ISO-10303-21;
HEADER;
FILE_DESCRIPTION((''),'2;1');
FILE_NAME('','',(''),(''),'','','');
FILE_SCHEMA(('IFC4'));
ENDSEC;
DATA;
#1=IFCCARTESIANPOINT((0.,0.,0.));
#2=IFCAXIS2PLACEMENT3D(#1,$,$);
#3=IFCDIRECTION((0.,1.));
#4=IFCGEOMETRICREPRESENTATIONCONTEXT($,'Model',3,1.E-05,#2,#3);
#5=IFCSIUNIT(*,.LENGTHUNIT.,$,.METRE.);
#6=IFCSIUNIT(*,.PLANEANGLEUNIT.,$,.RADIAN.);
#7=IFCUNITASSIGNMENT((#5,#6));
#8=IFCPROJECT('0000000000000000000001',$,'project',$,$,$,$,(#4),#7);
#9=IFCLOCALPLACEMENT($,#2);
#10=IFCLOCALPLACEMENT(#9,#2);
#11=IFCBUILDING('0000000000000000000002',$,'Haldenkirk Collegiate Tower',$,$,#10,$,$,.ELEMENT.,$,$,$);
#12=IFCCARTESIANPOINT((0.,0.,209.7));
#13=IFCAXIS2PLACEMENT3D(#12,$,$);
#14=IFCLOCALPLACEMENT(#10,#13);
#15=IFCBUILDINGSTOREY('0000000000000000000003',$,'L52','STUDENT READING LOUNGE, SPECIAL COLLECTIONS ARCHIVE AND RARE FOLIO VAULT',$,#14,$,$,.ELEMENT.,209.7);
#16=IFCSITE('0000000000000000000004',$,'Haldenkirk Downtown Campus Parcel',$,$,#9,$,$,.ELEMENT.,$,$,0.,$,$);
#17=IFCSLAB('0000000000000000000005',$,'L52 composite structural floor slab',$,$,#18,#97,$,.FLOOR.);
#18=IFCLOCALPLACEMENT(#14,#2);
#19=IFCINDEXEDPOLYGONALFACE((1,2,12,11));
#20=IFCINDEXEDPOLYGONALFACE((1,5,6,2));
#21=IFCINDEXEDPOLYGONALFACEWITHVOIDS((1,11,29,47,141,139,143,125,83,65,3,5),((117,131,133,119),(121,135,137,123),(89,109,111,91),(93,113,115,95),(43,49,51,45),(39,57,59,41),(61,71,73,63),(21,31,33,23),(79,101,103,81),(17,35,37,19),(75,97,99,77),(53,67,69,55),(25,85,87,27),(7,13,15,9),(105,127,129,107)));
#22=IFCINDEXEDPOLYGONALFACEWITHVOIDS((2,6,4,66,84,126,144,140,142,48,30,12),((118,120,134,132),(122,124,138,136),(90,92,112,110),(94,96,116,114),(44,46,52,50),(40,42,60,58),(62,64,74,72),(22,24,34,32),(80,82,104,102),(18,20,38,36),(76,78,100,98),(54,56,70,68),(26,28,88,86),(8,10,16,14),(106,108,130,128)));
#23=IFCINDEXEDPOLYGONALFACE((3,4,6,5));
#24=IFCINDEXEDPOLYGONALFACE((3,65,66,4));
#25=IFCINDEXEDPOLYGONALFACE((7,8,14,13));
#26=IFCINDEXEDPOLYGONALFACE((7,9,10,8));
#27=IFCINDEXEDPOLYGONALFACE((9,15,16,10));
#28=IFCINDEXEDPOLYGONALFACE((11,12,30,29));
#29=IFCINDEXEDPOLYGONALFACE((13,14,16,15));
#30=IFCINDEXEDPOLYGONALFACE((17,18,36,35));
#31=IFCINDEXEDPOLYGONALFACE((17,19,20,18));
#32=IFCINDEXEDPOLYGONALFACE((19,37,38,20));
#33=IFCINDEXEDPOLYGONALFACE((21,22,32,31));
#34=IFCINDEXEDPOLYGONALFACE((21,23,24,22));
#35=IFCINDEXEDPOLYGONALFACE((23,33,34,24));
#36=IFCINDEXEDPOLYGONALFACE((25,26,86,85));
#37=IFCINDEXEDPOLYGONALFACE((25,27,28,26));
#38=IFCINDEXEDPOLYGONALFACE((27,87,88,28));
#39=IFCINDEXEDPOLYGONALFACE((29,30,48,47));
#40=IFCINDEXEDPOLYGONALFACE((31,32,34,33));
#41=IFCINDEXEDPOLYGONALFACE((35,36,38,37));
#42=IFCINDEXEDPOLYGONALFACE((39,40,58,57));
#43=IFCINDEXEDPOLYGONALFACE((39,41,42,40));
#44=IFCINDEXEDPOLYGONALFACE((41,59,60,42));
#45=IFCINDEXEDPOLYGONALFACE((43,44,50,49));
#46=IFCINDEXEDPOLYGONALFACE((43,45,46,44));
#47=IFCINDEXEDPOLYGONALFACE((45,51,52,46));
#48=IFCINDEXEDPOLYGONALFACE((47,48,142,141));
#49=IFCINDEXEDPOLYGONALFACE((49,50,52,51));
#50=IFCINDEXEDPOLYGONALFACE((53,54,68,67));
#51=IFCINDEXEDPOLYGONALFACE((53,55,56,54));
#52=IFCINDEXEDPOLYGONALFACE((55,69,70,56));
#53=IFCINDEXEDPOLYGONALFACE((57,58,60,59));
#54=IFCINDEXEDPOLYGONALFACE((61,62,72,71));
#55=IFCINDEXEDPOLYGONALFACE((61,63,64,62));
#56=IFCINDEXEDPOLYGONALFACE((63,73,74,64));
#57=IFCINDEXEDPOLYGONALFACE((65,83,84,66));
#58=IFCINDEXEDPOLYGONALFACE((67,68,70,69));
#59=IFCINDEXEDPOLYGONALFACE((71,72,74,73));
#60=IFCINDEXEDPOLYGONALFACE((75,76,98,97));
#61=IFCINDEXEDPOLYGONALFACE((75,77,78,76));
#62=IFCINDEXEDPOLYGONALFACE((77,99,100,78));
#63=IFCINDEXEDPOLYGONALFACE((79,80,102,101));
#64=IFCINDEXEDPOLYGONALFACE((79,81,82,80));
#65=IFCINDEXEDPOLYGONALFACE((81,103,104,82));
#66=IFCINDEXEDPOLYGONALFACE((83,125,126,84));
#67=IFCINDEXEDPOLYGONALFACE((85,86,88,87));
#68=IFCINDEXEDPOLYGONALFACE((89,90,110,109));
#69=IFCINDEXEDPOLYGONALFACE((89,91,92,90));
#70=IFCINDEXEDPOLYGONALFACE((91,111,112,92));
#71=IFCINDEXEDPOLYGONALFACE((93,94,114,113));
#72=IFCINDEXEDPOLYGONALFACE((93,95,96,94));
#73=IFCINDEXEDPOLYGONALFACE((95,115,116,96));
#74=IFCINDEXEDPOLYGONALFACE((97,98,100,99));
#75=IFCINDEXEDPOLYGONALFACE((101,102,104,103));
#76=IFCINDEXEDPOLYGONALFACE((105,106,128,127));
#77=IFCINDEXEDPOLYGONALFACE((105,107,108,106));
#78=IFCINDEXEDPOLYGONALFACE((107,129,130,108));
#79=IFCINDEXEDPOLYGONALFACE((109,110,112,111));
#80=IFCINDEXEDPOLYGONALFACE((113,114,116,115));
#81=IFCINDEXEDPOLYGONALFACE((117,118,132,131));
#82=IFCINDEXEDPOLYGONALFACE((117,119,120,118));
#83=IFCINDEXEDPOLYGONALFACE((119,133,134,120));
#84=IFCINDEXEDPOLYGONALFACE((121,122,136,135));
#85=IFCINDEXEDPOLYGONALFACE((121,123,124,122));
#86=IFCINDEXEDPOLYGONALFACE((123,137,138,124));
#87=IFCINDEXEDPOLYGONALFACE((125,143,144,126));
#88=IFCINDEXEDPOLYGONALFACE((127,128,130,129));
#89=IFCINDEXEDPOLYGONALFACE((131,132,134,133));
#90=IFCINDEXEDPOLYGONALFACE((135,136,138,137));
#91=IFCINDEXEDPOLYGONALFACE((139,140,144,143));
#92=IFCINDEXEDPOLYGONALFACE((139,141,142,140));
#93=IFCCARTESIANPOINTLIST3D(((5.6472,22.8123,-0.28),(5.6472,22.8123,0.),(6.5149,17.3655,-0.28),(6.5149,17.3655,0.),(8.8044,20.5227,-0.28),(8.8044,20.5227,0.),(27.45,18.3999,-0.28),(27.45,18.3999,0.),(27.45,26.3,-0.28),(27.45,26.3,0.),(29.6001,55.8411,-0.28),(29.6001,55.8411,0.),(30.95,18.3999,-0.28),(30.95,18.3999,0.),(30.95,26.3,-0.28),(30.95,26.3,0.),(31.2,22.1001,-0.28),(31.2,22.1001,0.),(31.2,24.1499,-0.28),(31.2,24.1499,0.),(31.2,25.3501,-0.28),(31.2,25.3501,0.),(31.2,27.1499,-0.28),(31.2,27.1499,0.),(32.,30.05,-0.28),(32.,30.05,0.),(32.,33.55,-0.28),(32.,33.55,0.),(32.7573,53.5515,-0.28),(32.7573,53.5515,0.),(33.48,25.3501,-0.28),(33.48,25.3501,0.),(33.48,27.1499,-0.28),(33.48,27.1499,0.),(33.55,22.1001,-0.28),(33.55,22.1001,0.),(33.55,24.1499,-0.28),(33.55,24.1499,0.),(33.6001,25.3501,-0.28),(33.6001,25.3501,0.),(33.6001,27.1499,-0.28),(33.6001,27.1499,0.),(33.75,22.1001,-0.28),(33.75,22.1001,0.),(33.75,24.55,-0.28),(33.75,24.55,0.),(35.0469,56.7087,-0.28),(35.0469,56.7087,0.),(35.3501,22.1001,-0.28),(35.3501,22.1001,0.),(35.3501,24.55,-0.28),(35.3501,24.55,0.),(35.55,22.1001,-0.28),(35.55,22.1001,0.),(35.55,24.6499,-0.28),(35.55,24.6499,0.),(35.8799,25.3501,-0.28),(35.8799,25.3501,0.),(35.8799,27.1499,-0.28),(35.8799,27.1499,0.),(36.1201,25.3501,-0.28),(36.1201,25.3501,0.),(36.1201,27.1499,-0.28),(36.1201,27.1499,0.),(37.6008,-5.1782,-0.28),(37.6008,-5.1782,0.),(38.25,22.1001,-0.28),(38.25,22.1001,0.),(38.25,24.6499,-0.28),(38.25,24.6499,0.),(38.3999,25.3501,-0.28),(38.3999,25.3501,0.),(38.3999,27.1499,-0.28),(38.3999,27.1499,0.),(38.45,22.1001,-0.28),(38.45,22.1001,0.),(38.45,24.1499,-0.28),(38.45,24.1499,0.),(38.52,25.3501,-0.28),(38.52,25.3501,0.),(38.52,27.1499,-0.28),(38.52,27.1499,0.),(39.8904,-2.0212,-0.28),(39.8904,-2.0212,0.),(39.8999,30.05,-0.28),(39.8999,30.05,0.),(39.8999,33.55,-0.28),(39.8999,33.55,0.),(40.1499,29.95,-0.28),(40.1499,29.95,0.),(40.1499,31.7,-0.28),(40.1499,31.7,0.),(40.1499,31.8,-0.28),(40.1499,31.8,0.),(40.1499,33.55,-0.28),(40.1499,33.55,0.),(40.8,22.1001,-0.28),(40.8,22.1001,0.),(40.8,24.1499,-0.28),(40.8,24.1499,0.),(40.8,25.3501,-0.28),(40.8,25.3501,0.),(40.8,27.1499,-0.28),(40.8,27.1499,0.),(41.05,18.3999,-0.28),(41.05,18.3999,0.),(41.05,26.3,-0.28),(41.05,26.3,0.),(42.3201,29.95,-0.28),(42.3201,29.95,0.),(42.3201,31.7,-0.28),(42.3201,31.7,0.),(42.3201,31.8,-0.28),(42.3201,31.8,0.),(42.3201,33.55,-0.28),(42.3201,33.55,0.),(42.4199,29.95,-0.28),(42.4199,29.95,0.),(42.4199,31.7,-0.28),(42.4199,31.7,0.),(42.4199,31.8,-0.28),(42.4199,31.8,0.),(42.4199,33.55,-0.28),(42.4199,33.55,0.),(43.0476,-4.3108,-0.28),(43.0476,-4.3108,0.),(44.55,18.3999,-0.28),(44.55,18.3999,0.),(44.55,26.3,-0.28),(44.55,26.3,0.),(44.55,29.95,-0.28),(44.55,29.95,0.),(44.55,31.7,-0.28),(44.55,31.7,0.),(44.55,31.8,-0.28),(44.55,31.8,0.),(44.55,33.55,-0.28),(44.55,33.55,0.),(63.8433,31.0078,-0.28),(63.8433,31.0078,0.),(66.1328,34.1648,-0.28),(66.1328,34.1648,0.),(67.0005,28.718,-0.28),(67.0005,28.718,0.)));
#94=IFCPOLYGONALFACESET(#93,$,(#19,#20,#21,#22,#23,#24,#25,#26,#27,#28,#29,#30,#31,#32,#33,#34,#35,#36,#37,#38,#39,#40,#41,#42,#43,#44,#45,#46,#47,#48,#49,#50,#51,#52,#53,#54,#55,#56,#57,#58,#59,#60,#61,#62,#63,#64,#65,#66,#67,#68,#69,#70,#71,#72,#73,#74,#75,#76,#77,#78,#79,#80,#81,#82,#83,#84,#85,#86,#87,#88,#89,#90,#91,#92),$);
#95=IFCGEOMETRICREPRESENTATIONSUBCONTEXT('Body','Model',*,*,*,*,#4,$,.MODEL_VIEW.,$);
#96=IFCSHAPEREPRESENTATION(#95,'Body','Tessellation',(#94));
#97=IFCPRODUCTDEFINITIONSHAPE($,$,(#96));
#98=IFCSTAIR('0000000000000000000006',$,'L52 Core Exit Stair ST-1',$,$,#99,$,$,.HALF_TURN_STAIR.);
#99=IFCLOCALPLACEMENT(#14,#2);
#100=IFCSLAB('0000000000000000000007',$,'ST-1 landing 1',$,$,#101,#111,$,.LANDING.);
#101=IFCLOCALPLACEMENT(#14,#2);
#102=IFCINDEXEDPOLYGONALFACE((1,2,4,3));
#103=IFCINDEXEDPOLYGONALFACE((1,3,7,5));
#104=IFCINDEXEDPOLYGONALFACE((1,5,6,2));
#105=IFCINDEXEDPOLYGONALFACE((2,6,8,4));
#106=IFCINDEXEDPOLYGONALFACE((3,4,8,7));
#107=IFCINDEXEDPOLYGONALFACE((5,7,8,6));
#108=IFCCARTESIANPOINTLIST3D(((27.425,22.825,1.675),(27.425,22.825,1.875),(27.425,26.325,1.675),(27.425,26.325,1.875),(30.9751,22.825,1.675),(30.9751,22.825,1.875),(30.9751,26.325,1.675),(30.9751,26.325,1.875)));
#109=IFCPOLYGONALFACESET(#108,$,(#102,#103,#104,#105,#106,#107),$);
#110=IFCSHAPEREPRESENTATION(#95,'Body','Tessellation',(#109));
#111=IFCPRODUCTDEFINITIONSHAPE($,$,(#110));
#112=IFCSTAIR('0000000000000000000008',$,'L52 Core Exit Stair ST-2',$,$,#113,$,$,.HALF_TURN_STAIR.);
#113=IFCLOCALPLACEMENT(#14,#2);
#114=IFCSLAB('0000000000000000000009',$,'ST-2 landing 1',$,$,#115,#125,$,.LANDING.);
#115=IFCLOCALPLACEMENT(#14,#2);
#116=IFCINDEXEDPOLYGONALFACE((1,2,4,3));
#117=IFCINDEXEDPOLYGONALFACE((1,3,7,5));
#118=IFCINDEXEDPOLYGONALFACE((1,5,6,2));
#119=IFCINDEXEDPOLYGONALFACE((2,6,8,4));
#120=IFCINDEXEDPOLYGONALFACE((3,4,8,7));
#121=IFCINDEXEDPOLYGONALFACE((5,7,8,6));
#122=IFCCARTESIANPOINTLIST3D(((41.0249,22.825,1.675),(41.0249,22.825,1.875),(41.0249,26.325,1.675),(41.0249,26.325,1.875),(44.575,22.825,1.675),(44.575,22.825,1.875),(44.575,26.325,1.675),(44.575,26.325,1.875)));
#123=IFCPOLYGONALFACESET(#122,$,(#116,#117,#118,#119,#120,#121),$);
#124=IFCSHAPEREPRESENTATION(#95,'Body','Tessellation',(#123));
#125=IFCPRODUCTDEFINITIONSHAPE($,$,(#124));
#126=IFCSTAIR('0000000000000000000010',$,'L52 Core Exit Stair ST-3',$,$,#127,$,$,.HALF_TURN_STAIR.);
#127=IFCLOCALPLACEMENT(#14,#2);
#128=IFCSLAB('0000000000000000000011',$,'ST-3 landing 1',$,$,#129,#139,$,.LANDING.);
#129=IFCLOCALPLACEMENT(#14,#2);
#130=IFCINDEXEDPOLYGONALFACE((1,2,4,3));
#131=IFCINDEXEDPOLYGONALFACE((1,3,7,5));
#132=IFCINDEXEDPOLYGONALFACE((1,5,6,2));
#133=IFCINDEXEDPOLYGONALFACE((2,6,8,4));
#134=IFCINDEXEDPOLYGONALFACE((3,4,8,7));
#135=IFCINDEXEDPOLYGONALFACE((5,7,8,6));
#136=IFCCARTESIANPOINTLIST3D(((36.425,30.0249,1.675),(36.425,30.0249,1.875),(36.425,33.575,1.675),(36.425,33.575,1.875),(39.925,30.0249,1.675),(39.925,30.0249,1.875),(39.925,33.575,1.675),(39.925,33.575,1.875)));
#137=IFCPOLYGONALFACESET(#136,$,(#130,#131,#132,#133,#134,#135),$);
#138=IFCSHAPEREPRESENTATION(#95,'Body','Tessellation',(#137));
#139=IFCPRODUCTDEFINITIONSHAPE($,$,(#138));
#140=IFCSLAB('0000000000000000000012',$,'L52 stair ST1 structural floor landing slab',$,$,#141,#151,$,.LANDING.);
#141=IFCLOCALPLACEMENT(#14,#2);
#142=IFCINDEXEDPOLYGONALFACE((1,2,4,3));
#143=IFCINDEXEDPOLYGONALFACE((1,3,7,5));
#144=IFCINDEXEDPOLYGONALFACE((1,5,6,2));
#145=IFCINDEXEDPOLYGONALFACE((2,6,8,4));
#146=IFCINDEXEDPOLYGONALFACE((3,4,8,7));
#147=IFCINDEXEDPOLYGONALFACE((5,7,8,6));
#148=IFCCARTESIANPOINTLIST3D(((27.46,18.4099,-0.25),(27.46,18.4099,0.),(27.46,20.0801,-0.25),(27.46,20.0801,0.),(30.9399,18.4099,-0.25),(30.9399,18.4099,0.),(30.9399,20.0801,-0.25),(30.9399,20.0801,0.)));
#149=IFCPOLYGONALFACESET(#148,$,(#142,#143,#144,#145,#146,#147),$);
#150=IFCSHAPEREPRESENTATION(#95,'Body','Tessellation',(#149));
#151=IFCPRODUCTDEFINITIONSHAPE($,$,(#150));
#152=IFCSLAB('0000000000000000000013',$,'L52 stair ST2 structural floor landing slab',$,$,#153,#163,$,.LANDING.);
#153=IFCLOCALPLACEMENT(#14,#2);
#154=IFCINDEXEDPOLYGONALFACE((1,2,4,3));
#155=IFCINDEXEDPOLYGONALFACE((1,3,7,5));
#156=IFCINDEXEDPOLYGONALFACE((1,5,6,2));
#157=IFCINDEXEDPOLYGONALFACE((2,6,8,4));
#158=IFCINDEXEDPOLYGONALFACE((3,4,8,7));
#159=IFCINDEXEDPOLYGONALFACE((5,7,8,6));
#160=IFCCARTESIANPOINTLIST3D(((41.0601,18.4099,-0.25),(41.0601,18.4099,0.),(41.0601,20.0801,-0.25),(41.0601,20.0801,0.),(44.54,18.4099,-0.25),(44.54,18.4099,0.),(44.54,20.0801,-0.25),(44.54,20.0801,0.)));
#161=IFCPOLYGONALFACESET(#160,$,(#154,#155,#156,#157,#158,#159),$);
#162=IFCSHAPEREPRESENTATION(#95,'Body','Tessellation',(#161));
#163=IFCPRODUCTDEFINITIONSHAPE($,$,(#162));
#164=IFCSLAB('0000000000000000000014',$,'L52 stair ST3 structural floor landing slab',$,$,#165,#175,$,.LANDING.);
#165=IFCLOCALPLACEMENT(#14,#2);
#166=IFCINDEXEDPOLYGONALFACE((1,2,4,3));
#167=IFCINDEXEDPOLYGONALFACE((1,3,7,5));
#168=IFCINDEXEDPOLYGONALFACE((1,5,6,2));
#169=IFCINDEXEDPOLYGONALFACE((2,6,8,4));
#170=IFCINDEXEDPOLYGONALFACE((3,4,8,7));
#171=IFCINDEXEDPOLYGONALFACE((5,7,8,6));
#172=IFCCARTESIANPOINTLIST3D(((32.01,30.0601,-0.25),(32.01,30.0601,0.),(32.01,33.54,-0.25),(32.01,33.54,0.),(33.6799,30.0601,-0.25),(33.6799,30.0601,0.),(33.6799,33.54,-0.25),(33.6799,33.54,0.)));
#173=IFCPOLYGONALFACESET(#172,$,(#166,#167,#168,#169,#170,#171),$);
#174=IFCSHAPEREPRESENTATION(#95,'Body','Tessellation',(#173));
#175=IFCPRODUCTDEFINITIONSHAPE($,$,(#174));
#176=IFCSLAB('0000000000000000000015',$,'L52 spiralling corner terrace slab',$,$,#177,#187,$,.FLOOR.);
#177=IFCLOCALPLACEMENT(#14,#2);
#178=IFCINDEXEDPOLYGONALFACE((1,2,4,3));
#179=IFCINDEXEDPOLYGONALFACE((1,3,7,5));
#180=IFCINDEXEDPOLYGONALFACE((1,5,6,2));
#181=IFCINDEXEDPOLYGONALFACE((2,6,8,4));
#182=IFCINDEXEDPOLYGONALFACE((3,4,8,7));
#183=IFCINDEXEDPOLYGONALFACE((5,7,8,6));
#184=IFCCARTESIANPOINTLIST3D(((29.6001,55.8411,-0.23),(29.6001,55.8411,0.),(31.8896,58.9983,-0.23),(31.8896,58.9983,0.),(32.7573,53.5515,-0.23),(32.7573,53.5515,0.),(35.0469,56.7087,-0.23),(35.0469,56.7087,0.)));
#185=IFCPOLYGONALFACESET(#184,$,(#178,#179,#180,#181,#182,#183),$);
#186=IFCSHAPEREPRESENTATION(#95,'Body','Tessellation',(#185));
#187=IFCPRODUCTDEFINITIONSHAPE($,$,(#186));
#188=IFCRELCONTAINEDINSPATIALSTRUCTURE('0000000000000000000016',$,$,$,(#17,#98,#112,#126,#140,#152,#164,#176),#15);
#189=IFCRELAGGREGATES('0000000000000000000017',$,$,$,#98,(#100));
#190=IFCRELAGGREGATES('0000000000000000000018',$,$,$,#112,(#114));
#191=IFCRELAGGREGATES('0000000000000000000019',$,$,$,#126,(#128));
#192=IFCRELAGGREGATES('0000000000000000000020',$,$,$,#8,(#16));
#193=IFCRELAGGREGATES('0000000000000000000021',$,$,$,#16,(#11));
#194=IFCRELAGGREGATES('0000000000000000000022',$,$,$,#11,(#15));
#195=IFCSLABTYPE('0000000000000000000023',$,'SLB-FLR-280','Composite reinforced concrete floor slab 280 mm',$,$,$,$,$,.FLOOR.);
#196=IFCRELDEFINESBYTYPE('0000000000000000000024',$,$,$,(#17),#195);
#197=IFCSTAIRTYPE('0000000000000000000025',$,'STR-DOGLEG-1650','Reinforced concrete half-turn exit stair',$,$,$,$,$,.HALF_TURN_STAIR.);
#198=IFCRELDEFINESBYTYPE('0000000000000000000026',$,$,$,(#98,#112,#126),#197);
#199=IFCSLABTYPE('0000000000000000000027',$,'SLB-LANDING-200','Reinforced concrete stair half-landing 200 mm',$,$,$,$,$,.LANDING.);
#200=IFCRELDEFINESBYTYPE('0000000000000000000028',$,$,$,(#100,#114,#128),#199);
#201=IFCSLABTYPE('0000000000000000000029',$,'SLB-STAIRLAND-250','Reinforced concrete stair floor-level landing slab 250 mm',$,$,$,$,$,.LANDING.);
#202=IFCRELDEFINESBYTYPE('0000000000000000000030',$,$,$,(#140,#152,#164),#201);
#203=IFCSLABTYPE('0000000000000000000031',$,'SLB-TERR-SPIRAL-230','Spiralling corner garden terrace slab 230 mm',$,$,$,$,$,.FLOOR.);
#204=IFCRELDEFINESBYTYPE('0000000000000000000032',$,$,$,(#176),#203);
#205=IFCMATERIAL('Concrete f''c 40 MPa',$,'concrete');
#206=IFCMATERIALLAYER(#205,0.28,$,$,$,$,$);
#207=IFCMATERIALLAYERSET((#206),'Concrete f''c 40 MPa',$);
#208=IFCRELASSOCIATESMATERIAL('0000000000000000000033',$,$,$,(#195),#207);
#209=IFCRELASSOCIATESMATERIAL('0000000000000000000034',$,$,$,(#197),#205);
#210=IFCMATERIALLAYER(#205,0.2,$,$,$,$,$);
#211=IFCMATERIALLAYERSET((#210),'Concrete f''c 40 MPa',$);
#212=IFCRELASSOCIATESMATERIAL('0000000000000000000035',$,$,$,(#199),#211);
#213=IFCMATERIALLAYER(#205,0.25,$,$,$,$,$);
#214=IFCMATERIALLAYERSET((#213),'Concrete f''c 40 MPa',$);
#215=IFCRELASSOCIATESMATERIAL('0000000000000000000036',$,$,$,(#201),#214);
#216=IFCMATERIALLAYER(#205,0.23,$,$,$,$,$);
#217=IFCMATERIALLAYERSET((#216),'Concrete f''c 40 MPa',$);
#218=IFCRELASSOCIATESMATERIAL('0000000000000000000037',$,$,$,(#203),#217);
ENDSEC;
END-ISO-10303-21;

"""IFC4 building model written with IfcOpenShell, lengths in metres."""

from ifc_helpers import new_model, si_unit, direction, frame, origin, place, context, subcontext, project, spatial, polyline, outline, extrude, material, layer, layer_set, type_object, element, aggregate, save


model = new_model("IFC4")

# Units and contexts
model_context = context("Model", 3, precision=1e-05, world=origin(), true_north=direction((0.0, 1.0)))
body_context = subcontext(model_context, "Body", "Model", "MODEL_VIEW")
ifc_project = project(units=[si_unit("LENGTHUNIT", "METRE"), si_unit("PLANEANGLEUNIT", "RADIAN")], contexts=[model_context])

# Site, building, storey
site_placement = place(None, origin())
site = spatial("IfcSite", under=ifc_project, at=site_placement, Name="Haldenkirk Downtown Campus Parcel", CompositionType="ELEMENT", RefElevation=0.0)
building_placement = place(site_placement, origin())
building = spatial("IfcBuilding", under=site, at=building_placement, Name="Haldenkirk Collegiate Tower", CompositionType="ELEMENT")
storey_placement = place(building_placement, frame((0.0, 0.0, 209.7)))
storey = spatial("IfcBuildingStorey", under=building, at=storey_placement, Name="L52", Description="STUDENT READING LOUNGE, SPECIAL COLLECTIONS ARCHIVE AND RARE FOLIO VAULT", CompositionType="ELEMENT", Elevation=209.7)

# Slab
ifc_material_1 = material(Name="Concrete f'c 40 MPa", Category="concrete")
ifc_layer_1 = layer(ifc_material_1, 0.28)
ifc_layer_set_1 = layer_set([ifc_layer_1], Name="Concrete f'c 40 MPa")
slab_type_1 = type_object("IfcSlabType", Name="SLB-FLR-280", Description="Composite reinforced concrete floor slab 280 mm", PredefinedType="FLOOR", material=ifc_layer_set_1)
slab_1_placement = place(storey_placement, frame((0.0, 0.0, -0.28)))
element("IfcSlab", 1, at=slab_1_placement, inside=storey, type_object=slab_type_1, Name="L52 composite structural floor slab", PredefinedType="FLOOR", context=body_context, shape_type="SweptSolid", body=[
    extrude(outline(polyline([(43.0476, -4.3108), (67.0005, 28.718), (63.8433, 31.0078), (66.1328, 34.1648), (35.0469, 56.7087), (32.7573, 53.5515), (29.6001, 55.8411), (5.6472, 22.8123), (8.8044, 20.5227), (6.5149, 17.3655), (37.6008, -5.1782), (39.8904, -2.0212), (43.0476, -4.3108)]), holes=[polyline([(27.45, 18.3999), (30.95, 18.3999), (30.95, 26.3), (27.45, 26.3), (27.45, 18.3999)]), polyline([(41.05, 18.3999), (44.55, 18.3999), (44.55, 26.3), (41.05, 26.3), (41.05, 18.3999)]), polyline([(32.0, 30.05), (39.8999, 30.05), (39.8999, 33.55), (32.0, 33.55), (32.0, 30.05)]), polyline([(33.75, 22.1001), (35.3501, 22.1001), (35.3501, 24.55), (33.75, 24.55), (33.75, 22.1001)]), polyline([(40.1499, 29.95), (42.3201, 29.95), (42.3201, 31.7), (40.1499, 31.7), (40.1499, 29.95)]), polyline([(42.4199, 29.95), (44.55, 29.95), (44.55, 31.7), (42.4199, 31.7), (42.4199, 29.95)]), polyline([(40.1499, 31.8), (42.3201, 31.8), (42.3201, 33.55), (40.1499, 33.55), (40.1499, 31.8)]), polyline([(42.4199, 31.8), (44.55, 31.8), (44.55, 33.55), (42.4199, 33.55), (42.4199, 31.8)]), polyline([(31.2, 25.3501), (33.48, 25.3501), (33.48, 27.1499), (31.2, 27.1499), (31.2, 25.3501)]), polyline([(33.6001, 25.3501), (35.8799, 25.3501), (35.8799, 27.1499), (33.6001, 27.1499), (33.6001, 25.3501)]), polyline([(36.1201, 25.3501), (38.3999, 25.3501), (38.3999, 27.1499), (36.1201, 27.1499), (36.1201, 25.3501)]), polyline([(38.52, 25.3501), (40.8, 25.3501), (40.8, 27.1499), (38.52, 27.1499), (38.52, 25.3501)]), polyline([(31.2, 22.1001), (33.55, 22.1001), (33.55, 24.1499), (31.2, 24.1499), (31.2, 22.1001)]), polyline([(38.45, 22.1001), (40.8, 22.1001), (40.8, 24.1499), (38.45, 24.1499), (38.45, 22.1001)]), polyline([(35.55, 22.1001), (38.25, 22.1001), (38.25, 24.6499), (35.55, 24.6499), (35.55, 22.1001)])]), origin(), (0.0, 0.0, 1.0), 0.28),
])

# Stairs, slabs
stair_type = type_object("IfcStairType", Name="STR-DOGLEG-1650", Description="Reinforced concrete half-turn exit stair", PredefinedType="HALF_TURN_STAIR", material=ifc_material_1)
stair_1_placement = place(storey_placement, origin())
stair_1 = element("IfcStair", 2, at=stair_1_placement, inside=storey, type_object=stair_type, Name="L52 Core Exit Stair ST-1", PredefinedType="HALF_TURN_STAIR")
ifc_layer_2 = layer(ifc_material_1, 0.2)
ifc_layer_set_2 = layer_set([ifc_layer_2], Name="Concrete f'c 40 MPa")
slab_type_2 = type_object("IfcSlabType", Name="SLB-LANDING-200", Description="Reinforced concrete stair half-landing 200 mm", PredefinedType="LANDING", material=ifc_layer_set_2)
slab_2_placement = place(storey_placement, frame((0.0, 0.0, 1.675)))
slab_2 = element("IfcSlab", 3, at=slab_2_placement, type_object=slab_type_2, Name="ST-1 landing 1", PredefinedType="LANDING", context=body_context, shape_type="SweptSolid", body=[
    extrude(outline(polyline([(30.9751, 22.825), (27.425, 22.825), (27.425, 26.325), (30.9751, 26.325), (30.9751, 22.825)])), origin(), (0.0, 0.0, 1.0), 0.2),
])
aggregate(stair_1, [slab_2])
stair_2_placement = place(storey_placement, origin())
stair_2 = element("IfcStair", 4, at=stair_2_placement, inside=storey, type_object=stair_type, Name="L52 Core Exit Stair ST-2", PredefinedType="HALF_TURN_STAIR")
slab_3_placement = place(storey_placement, frame((0.0, 0.0, 1.675)))
slab_3 = element("IfcSlab", 5, at=slab_3_placement, type_object=slab_type_2, Name="ST-2 landing 1", PredefinedType="LANDING", context=body_context, shape_type="SweptSolid", body=[
    extrude(outline(polyline([(44.575, 22.825), (41.0249, 22.825), (41.0249, 26.325), (44.575, 26.325), (44.575, 22.825)])), origin(), (0.0, 0.0, 1.0), 0.2),
])
aggregate(stair_2, [slab_3])
stair_3_placement = place(storey_placement, origin())
stair_3 = element("IfcStair", 6, at=stair_3_placement, inside=storey, type_object=stair_type, Name="L52 Core Exit Stair ST-3", PredefinedType="HALF_TURN_STAIR")
slab_4_placement = place(storey_placement, frame((0.0, 0.0, 1.675)))
slab_4 = element("IfcSlab", 7, at=slab_4_placement, type_object=slab_type_2, Name="ST-3 landing 1", PredefinedType="LANDING", context=body_context, shape_type="SweptSolid", body=[
    extrude(outline(polyline([(36.425, 30.0249), (36.425, 33.575), (39.925, 33.575), (39.925, 30.0249), (36.425, 30.0249)])), origin(), (0.0, 0.0, 1.0), 0.2),
])
aggregate(stair_3, [slab_4])

# Slabs
ifc_layer_3 = layer(ifc_material_1, 0.25)
ifc_layer_set_3 = layer_set([ifc_layer_3], Name="Concrete f'c 40 MPa")
slab_type_3 = type_object("IfcSlabType", Name="SLB-STAIRLAND-250", Description="Reinforced concrete stair floor-level landing slab 250 mm", PredefinedType="LANDING", material=ifc_layer_set_3)
slab_5_placement = place(storey_placement, frame((0.0, 0.0, -0.25)))
element("IfcSlab", 8, at=slab_5_placement, inside=storey, type_object=slab_type_3, Name="L52 stair ST1 structural floor landing slab", PredefinedType="LANDING", context=body_context, shape_type="SweptSolid", body=[
    extrude(outline(polyline([(27.46, 18.4099), (30.9399, 18.4099), (30.9399, 20.0801), (27.46, 20.0801), (27.46, 18.4099)])), origin(), (0.0, 0.0, 1.0), 0.25),
])
slab_6_placement = place(storey_placement, frame((0.0, 0.0, -0.25)))
element("IfcSlab", 9, at=slab_6_placement, inside=storey, type_object=slab_type_3, Name="L52 stair ST2 structural floor landing slab", PredefinedType="LANDING", context=body_context, shape_type="SweptSolid", body=[
    extrude(outline(polyline([(41.0601, 18.4099), (44.54, 18.4099), (44.54, 20.0801), (41.0601, 20.0801), (41.0601, 18.4099)])), origin(), (0.0, 0.0, 1.0), 0.25),
])
slab_7_placement = place(storey_placement, frame((0.0, 0.0, -0.25)))
element("IfcSlab", 10, at=slab_7_placement, inside=storey, type_object=slab_type_3, Name="L52 stair ST3 structural floor landing slab", PredefinedType="LANDING", context=body_context, shape_type="SweptSolid", body=[
    extrude(outline(polyline([(32.01, 30.0601), (33.6799, 30.0601), (33.6799, 33.54), (32.01, 33.54), (32.01, 30.0601)])), origin(), (0.0, 0.0, 1.0), 0.25),
])
ifc_layer_4 = layer(ifc_material_1, 0.23)
ifc_layer_set_4 = layer_set([ifc_layer_4], Name="Concrete f'c 40 MPa")
slab_type_4 = type_object("IfcSlabType", Name="SLB-TERR-SPIRAL-230", Description="Spiralling corner garden terrace slab 230 mm", PredefinedType="FLOOR", material=ifc_layer_set_4)
slab_8_placement = place(storey_placement, frame((0.0, 0.0, -0.23)))
element("IfcSlab", 11, at=slab_8_placement, inside=storey, type_object=slab_type_4, Name="L52 spiralling corner terrace slab", PredefinedType="FLOOR", context=body_context, shape_type="SweptSolid", body=[
    extrude(outline(polyline([(32.7573, 53.5515), (35.0469, 56.7087), (31.8896, 58.9983), (29.6001, 55.8411), (32.7573, 53.5515)])), origin(), (0.0, 0.0, 1.0), 0.23),
])

save(model, "model.ifc")
